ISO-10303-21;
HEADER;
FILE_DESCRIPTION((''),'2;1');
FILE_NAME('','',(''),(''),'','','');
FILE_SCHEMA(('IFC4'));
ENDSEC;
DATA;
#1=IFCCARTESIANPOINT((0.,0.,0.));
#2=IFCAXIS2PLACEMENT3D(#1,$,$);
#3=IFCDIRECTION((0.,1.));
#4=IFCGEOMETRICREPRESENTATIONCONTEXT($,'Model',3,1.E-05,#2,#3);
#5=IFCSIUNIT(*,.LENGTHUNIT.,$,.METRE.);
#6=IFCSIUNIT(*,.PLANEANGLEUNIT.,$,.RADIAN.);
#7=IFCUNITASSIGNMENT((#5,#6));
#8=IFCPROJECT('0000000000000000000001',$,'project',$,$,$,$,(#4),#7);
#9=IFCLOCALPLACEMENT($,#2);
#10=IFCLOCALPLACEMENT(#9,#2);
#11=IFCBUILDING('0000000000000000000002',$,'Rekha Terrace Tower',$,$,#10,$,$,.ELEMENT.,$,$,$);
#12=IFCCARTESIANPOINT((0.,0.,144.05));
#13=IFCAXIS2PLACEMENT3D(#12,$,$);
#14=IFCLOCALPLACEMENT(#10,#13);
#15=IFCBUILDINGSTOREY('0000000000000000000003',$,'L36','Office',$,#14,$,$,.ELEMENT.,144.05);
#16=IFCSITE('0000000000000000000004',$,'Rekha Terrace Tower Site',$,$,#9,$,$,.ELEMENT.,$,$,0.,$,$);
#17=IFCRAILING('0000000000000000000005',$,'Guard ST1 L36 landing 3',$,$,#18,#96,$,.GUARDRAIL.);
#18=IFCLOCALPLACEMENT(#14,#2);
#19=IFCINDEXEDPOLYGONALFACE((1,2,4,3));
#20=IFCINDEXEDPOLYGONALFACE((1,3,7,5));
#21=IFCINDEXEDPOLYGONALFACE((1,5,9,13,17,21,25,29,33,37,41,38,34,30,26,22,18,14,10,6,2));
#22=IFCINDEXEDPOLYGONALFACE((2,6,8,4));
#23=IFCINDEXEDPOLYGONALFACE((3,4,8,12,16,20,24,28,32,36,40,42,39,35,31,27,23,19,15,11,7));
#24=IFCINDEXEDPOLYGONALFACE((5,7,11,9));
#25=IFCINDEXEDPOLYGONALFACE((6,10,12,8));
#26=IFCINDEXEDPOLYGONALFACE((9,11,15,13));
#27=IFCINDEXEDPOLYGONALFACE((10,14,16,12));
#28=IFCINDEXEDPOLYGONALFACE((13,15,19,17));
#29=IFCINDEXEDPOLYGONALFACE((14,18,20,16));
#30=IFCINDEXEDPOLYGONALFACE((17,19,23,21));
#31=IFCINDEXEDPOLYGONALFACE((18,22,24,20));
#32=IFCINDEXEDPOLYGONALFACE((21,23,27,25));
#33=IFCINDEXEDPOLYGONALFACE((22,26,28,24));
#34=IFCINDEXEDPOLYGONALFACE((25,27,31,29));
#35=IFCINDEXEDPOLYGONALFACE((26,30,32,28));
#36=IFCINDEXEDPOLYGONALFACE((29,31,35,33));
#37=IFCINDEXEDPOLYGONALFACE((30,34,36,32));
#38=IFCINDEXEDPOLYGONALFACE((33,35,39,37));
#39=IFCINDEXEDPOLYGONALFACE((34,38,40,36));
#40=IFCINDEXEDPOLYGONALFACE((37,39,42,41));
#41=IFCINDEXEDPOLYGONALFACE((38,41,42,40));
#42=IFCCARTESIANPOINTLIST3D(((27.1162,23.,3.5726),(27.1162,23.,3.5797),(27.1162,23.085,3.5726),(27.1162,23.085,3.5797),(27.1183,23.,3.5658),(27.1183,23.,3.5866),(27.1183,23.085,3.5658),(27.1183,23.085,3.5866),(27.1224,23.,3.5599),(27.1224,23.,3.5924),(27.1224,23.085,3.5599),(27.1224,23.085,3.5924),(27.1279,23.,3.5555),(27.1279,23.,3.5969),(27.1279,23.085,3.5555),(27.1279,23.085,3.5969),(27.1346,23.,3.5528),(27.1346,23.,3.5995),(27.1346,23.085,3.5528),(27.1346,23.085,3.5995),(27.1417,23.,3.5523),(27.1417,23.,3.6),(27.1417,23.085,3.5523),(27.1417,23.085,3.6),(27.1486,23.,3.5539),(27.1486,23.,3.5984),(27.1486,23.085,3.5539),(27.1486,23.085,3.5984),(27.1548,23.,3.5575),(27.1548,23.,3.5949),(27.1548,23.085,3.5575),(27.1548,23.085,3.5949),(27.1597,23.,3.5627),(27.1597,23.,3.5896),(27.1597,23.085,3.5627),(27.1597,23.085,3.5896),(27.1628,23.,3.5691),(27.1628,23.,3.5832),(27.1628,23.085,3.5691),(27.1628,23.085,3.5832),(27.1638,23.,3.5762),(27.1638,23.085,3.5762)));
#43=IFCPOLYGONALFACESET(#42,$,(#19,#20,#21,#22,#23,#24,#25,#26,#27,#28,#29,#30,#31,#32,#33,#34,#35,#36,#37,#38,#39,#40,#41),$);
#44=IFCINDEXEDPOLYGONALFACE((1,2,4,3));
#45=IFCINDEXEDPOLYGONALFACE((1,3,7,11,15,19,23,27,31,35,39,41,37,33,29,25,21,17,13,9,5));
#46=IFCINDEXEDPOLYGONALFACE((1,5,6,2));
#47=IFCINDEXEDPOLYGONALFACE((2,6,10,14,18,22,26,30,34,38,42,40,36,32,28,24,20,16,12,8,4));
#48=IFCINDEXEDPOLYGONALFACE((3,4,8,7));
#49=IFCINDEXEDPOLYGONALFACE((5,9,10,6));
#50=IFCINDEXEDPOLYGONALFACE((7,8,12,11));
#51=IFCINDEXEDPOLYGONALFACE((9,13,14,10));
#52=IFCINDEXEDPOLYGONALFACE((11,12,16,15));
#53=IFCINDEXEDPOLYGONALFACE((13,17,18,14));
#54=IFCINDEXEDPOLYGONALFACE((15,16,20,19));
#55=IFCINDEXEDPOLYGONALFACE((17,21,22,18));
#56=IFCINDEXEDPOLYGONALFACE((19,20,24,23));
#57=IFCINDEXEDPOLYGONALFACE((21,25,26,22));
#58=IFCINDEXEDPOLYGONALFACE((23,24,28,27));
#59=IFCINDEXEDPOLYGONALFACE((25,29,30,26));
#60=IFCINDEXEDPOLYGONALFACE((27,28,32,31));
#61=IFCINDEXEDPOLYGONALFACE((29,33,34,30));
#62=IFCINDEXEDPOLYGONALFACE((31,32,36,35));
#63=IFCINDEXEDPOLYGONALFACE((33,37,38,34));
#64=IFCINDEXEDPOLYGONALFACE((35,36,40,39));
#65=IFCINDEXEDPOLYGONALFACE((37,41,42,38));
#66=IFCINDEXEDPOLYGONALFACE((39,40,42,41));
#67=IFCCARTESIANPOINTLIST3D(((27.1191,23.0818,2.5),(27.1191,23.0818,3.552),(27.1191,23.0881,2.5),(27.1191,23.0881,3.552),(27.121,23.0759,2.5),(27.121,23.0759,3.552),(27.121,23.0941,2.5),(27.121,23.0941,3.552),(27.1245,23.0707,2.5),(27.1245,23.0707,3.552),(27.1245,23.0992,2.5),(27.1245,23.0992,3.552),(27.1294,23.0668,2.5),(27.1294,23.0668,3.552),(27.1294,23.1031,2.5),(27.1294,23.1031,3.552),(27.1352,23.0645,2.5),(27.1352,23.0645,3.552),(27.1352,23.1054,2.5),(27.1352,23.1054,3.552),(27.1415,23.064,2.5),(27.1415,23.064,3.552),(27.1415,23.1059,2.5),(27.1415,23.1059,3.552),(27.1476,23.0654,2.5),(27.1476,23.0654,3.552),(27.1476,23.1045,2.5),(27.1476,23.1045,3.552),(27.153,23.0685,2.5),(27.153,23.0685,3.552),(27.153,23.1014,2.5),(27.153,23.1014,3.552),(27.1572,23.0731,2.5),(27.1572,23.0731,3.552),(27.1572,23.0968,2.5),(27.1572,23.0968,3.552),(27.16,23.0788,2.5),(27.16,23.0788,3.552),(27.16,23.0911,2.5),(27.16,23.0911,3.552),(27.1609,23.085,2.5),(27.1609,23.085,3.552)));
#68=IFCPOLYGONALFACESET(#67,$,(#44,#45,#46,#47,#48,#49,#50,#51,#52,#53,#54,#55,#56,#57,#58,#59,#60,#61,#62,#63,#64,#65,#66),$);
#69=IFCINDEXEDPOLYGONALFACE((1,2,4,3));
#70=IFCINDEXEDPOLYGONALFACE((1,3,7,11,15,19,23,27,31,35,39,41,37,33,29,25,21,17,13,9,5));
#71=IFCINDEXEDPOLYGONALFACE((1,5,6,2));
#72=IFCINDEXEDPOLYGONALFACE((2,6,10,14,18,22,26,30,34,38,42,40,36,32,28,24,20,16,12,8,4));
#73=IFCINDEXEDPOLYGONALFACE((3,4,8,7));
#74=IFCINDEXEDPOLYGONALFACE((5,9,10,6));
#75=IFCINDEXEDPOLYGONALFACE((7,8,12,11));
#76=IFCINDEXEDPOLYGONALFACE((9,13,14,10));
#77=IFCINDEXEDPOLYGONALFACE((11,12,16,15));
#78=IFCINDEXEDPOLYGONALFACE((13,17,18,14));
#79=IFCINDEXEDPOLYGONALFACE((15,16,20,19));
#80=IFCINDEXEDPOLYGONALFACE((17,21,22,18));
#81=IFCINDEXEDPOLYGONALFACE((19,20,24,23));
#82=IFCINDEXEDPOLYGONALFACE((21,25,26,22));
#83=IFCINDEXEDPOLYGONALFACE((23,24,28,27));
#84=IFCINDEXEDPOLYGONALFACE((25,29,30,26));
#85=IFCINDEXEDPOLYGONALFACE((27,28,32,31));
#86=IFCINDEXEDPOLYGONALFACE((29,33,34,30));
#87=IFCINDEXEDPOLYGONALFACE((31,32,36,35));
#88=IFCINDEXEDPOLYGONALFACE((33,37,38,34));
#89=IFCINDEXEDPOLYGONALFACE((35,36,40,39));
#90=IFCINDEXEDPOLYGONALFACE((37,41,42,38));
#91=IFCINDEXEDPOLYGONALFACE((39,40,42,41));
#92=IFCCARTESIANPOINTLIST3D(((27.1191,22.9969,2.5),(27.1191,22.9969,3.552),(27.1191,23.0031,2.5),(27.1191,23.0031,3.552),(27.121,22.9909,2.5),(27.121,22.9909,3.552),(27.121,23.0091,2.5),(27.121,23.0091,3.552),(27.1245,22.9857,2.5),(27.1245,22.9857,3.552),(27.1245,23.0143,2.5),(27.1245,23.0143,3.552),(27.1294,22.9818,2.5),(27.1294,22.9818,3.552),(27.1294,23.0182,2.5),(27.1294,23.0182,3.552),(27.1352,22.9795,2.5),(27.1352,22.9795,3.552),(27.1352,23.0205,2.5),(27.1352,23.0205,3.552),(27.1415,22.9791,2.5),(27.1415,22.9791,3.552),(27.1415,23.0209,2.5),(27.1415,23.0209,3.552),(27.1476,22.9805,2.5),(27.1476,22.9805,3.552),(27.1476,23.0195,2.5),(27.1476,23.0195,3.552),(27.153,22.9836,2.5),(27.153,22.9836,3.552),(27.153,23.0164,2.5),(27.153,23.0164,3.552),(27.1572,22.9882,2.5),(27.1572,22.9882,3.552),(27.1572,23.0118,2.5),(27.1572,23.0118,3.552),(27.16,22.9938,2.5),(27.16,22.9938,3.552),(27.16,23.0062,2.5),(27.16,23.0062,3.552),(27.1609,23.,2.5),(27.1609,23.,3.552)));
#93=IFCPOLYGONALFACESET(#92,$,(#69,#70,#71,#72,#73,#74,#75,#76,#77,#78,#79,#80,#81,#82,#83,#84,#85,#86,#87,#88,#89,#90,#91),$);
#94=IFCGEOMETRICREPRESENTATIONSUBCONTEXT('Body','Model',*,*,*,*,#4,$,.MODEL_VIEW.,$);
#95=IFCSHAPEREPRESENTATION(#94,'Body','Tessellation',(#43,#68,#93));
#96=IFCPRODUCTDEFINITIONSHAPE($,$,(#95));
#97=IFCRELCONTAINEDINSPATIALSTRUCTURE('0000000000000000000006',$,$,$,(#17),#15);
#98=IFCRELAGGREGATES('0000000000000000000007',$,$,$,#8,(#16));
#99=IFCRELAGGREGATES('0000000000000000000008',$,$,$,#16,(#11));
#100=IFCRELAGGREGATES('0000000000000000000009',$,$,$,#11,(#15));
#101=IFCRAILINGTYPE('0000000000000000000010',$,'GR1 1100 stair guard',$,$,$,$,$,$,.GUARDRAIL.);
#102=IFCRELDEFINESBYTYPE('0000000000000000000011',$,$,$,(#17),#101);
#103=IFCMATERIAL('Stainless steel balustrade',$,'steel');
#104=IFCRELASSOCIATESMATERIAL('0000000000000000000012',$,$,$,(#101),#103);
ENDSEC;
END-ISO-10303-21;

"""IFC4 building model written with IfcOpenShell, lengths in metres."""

from ifc_helpers import new_model, si_unit, direction, frame, origin, origin_2d, place, context, subcontext, project, spatial, circle, extrude, material, type_object, element, save


model = new_model("IFC4")

# Units and contexts
model_context = context("Model", 3, precision=1e-05, world=origin(), true_north=direction((0.0, 1.0)))
body_context = subcontext(model_context, "Body", "Model", "MODEL_VIEW")
ifc_project = project(units=[si_unit("LENGTHUNIT", "METRE"), si_unit("PLANEANGLEUNIT", "RADIAN")], contexts=[model_context])

# Site, building, storey
site_placement = place(None, origin())
site = spatial("IfcSite", under=ifc_project, at=site_placement, Name="Rekha Terrace Tower Site", CompositionType="ELEMENT", RefElevation=0.0)
building_placement = place(site_placement, origin())
building = spatial("IfcBuilding", under=site, at=building_placement, Name="Rekha Terrace Tower", CompositionType="ELEMENT")
storey_placement = place(building_placement, frame((0.0, 0.0, 144.05)))
storey = spatial("IfcBuildingStorey", under=building, at=storey_placement, Name="L36", Description="Office", CompositionType="ELEMENT", Elevation=144.05)

# Railing
ifc_material_1 = material(Name="Stainless steel balustrade", Category="steel")
railing_type_1 = type_object("IfcRailingType", Name="GR1 1100 stair guard", PredefinedType="GUARDRAIL", material=ifc_material_1)
railing_1_placement = place(storey_placement, frame((27.1399, 23.085, 2.5)))
element("IfcRailing", 1, at=railing_1_placement, inside=storey, type_object=railing_type_1, Name="Guard ST1 L36 landing 3", PredefinedType="GUARDRAIL", context=body_context, shape_type="SweptSolid", body=[
    extrude(circle(Radius=0.0239, at=origin_2d()), frame((0.0, 0.0, 1.0762), z_axis=(0.0, -1.0, 0.0), x_axis=(1.0, 0.0, 0.0)), (0.0, 0.0, 1.0), 0.085),
    extrude(circle(Radius=0.021, at=origin_2d()), origin(), (0.0, 0.0, 1.0), 1.052),
    extrude(circle(Radius=0.021, at=origin_2d()), frame((0.0, -0.085, 0.0)), (0.0, 0.0, 1.0), 1.052),
])

save(model, "model.ifc")
